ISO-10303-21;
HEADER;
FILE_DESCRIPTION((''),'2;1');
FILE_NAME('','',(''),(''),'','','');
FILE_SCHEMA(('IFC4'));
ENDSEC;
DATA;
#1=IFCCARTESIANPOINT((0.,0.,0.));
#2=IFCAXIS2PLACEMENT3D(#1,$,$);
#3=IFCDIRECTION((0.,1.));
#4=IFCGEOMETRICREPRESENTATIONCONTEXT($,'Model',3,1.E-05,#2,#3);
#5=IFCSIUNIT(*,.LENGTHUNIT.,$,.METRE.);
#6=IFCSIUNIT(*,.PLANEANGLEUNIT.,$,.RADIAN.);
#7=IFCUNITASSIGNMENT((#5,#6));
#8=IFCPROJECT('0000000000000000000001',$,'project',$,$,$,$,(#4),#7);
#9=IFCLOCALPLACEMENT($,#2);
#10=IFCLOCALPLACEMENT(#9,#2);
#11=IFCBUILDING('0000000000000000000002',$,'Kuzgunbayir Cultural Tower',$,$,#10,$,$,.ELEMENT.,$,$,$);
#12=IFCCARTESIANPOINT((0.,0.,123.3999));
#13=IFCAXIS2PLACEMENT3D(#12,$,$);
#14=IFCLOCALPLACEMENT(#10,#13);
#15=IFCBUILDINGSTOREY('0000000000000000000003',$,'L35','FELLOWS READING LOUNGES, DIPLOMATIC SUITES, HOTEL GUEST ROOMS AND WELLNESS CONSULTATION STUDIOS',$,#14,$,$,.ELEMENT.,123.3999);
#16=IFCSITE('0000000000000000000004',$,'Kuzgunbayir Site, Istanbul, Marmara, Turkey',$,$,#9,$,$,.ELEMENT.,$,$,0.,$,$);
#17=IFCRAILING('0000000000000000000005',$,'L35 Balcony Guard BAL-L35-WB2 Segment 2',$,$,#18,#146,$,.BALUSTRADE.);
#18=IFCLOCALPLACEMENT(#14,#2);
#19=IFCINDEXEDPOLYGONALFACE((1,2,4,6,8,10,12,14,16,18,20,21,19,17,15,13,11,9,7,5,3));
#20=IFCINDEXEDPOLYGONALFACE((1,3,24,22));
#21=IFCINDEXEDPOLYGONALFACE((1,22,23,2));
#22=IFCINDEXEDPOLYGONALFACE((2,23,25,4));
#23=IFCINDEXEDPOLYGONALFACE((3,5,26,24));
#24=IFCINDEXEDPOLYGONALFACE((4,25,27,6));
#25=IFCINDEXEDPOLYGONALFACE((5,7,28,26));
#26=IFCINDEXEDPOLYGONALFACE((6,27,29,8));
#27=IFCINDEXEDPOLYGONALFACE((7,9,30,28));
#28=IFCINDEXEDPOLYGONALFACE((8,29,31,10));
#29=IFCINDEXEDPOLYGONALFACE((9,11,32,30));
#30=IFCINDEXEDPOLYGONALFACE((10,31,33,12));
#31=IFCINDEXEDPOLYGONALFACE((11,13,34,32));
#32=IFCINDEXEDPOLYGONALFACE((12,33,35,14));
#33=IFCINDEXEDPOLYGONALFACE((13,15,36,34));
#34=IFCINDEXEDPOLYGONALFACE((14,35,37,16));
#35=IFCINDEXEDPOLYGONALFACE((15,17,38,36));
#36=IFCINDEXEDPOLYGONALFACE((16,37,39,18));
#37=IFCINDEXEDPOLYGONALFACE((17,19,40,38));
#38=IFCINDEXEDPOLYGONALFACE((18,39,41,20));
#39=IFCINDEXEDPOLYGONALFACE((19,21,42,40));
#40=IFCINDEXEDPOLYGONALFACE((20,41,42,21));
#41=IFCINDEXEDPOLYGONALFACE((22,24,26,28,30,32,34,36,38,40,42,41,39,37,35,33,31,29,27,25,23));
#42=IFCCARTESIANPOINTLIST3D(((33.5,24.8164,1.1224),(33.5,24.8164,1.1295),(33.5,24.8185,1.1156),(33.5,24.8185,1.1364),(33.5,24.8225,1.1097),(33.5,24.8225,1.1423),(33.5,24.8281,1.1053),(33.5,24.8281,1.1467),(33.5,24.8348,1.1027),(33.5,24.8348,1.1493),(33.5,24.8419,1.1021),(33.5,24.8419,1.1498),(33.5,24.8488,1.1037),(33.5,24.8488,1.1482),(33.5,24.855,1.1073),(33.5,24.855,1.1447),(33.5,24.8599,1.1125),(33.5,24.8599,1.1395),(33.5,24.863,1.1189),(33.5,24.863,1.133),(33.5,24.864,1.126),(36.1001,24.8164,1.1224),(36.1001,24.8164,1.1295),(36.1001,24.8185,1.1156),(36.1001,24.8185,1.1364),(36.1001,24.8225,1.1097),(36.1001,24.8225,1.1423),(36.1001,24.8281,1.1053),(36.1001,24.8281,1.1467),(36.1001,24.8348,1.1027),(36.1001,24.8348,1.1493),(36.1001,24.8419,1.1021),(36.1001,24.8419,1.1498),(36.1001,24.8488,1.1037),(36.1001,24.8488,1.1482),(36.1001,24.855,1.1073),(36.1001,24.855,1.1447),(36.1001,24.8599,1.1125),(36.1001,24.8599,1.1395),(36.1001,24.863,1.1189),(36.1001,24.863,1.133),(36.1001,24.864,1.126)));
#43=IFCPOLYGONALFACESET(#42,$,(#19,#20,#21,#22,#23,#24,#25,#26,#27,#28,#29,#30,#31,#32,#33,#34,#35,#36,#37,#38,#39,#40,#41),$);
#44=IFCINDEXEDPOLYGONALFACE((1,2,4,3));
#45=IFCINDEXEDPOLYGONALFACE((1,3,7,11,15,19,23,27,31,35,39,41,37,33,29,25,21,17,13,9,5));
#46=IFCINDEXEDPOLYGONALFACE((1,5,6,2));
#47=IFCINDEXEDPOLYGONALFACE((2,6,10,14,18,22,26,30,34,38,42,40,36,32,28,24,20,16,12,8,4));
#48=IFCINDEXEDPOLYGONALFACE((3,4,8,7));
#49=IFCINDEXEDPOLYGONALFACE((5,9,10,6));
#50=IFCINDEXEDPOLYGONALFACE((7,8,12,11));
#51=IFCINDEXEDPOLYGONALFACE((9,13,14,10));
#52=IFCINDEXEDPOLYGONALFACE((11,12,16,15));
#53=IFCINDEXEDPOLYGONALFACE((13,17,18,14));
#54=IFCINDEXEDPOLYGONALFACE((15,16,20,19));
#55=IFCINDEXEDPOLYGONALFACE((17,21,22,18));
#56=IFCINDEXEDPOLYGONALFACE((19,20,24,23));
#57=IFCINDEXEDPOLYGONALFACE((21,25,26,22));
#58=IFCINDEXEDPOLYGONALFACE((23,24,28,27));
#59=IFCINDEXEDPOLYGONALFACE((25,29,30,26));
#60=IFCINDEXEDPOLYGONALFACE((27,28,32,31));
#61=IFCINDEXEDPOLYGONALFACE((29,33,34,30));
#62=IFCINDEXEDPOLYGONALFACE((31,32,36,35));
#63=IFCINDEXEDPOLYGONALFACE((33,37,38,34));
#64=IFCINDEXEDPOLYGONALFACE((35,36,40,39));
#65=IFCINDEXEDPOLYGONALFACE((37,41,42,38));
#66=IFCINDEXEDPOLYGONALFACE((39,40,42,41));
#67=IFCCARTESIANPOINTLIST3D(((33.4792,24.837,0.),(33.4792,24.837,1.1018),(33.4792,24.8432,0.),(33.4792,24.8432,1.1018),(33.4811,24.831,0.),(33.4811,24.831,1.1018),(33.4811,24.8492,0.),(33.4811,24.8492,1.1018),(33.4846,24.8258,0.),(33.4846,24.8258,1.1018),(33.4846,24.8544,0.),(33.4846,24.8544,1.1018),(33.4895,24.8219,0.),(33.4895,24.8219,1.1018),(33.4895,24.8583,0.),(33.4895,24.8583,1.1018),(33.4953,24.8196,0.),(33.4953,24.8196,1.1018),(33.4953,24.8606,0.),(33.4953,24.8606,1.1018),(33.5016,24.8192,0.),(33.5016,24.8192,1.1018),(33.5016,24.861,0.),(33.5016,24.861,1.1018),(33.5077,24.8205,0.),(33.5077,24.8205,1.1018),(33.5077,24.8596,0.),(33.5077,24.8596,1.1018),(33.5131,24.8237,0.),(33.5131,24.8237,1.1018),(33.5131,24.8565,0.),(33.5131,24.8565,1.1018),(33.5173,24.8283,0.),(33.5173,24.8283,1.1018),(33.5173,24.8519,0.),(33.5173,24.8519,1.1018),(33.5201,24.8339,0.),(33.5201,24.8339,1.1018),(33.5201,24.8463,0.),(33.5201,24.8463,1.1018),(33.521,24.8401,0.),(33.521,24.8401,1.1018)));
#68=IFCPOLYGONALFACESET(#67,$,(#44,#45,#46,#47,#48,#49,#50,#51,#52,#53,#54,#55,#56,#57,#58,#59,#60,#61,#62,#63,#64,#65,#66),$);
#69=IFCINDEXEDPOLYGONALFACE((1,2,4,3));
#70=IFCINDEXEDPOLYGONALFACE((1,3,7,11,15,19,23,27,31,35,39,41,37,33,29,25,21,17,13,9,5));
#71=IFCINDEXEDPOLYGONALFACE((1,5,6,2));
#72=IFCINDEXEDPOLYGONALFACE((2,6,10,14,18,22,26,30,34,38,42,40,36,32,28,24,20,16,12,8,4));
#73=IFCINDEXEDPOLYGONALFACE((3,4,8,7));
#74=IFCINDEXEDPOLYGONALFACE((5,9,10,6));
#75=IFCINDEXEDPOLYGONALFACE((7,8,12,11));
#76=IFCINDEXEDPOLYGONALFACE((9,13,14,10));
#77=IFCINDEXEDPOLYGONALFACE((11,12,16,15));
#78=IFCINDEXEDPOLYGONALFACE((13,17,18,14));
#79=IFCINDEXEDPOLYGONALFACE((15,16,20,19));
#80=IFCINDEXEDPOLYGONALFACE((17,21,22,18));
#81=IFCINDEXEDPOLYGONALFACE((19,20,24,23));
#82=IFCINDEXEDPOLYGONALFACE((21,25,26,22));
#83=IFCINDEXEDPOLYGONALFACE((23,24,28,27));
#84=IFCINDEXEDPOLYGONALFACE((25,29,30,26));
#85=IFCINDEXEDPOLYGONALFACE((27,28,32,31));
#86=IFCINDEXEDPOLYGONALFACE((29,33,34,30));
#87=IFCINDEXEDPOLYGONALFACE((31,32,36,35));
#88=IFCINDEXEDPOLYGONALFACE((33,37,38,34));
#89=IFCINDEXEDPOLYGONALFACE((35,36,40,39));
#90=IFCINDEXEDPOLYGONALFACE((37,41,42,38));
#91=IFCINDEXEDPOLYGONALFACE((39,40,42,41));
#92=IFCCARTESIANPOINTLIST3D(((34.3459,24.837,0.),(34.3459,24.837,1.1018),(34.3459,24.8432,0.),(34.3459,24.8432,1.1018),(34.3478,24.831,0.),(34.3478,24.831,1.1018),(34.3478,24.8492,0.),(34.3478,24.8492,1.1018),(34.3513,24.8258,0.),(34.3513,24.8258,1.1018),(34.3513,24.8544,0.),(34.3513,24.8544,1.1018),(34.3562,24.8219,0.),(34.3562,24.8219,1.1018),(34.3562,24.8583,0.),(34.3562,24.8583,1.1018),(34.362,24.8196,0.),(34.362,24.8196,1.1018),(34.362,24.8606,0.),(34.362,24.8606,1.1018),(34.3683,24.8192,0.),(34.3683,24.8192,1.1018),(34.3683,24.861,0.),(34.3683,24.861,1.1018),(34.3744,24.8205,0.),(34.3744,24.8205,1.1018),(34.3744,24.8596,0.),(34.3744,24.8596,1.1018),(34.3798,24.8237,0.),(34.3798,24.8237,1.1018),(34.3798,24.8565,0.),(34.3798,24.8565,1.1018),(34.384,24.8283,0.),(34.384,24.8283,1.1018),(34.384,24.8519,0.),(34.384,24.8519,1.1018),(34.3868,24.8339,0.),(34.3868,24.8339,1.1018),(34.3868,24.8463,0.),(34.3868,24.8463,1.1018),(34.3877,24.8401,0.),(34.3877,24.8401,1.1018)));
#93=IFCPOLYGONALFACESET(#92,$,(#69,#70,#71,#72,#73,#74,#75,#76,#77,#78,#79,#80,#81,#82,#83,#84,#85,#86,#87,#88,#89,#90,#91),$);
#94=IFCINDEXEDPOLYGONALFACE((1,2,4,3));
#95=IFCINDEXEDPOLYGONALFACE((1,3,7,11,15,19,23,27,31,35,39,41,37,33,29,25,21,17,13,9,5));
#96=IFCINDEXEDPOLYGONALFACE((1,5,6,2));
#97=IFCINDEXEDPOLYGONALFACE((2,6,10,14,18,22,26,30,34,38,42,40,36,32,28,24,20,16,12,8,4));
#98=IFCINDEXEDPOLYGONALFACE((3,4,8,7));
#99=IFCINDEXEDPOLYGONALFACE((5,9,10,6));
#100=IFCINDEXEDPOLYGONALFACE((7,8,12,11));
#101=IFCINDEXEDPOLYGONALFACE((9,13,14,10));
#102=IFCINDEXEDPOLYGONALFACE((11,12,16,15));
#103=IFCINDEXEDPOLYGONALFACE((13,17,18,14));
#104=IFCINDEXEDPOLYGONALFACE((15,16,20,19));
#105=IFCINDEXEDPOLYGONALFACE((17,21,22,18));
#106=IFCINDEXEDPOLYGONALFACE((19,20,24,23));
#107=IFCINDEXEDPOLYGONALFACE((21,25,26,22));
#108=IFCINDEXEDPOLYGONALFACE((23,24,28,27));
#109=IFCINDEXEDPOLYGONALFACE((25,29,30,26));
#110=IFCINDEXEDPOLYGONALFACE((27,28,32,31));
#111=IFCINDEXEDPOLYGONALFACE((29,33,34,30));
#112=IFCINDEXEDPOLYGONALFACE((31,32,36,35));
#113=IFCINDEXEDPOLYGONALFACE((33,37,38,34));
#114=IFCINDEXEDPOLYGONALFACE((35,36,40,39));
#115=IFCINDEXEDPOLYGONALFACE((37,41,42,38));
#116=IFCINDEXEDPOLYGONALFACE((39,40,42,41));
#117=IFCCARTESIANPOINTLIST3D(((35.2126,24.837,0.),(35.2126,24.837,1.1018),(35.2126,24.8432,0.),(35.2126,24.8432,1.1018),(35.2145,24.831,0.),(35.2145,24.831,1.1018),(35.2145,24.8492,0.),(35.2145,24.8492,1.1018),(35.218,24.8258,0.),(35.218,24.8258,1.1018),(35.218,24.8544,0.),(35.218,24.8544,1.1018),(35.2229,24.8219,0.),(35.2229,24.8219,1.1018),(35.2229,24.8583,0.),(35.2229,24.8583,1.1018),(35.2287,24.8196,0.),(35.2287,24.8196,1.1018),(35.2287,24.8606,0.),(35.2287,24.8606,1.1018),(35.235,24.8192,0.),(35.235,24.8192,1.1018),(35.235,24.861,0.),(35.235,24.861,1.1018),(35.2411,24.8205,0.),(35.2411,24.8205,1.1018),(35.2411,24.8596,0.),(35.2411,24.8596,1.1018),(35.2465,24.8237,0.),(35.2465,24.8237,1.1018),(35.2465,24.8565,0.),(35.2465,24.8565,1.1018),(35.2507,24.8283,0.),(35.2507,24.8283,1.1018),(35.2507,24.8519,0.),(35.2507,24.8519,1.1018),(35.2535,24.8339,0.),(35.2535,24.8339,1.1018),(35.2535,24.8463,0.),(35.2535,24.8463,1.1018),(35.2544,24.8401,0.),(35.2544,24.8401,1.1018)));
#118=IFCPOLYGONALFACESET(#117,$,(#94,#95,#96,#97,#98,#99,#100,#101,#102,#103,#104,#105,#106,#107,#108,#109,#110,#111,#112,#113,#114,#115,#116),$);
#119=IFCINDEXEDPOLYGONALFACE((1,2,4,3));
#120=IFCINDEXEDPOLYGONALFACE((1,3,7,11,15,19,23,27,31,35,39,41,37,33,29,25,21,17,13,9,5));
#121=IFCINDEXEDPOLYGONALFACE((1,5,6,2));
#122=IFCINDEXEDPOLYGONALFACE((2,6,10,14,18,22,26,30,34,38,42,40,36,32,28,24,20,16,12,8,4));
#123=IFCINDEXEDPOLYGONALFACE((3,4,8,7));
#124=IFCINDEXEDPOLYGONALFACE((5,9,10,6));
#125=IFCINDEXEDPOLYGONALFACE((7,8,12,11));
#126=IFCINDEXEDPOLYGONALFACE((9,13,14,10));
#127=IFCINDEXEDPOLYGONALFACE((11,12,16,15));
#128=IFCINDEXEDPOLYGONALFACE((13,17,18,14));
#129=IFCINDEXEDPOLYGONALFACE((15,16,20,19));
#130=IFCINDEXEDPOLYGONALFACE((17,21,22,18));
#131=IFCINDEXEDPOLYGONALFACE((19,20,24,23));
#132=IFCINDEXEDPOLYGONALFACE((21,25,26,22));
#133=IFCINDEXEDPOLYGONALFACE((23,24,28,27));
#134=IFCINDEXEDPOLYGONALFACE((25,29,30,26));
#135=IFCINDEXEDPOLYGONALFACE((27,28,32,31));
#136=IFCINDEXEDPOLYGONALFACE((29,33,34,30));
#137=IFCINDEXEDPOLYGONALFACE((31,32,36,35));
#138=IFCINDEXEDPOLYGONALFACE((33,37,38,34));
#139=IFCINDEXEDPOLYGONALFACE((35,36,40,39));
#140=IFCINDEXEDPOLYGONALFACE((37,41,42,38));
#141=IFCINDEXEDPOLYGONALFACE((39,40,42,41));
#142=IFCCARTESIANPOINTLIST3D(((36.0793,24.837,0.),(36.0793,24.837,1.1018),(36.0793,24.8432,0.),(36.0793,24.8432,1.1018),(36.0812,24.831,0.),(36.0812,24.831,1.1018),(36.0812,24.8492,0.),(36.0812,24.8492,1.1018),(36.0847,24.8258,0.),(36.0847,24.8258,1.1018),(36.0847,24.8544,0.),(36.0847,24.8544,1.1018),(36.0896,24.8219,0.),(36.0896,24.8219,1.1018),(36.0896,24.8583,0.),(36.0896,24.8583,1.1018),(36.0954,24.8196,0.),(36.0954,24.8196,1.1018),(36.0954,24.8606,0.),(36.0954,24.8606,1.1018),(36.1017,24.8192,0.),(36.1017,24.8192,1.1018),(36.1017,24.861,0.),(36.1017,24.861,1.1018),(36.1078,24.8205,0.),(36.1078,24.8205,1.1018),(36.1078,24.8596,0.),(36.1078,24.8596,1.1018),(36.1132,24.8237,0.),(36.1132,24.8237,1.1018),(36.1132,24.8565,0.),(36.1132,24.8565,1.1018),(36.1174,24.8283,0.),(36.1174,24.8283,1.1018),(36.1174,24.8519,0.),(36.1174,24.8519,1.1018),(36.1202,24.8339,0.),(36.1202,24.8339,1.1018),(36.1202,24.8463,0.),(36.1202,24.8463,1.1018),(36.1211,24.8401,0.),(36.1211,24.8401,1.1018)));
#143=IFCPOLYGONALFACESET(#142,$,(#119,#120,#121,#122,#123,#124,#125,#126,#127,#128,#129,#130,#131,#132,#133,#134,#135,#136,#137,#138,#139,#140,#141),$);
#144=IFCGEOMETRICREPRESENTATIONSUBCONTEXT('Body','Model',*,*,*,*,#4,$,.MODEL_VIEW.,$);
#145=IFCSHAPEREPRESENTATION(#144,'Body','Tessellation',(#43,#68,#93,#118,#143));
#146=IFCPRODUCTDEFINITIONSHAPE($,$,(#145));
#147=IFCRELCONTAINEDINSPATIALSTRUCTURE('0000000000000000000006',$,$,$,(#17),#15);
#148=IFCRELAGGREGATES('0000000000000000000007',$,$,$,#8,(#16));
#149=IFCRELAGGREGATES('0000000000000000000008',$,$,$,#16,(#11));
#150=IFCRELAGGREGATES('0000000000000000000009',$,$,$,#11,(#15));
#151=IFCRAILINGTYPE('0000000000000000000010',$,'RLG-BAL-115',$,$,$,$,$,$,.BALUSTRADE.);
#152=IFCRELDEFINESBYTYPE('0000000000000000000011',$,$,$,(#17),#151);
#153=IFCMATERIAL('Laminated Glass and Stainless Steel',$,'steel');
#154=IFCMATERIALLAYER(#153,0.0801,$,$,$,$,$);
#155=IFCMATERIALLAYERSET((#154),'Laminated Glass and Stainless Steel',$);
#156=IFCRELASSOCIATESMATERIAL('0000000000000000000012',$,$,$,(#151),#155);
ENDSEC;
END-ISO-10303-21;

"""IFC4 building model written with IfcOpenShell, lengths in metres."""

from ifc_helpers import new_model, si_unit, direction, frame, origin, origin_2d, place, context, subcontext, project, spatial, circle, extrude, material, layer, layer_set, type_object, element, save


model = new_model("IFC4")

# Units and contexts
model_context = context("Model", 3, precision=1e-05, world=origin(), true_north=direction((0.0, 1.0)))
body_context = subcontext(model_context, "Body", "Model", "MODEL_VIEW")
ifc_project = project(units=[si_unit("LENGTHUNIT", "METRE"), si_unit("PLANEANGLEUNIT", "RADIAN")], contexts=[model_context])

# Site, building, storey
site_placement = place(None, origin())
site = spatial("IfcSite", under=ifc_project, at=site_placement, Name="Kuzgunbayir Site, Istanbul, Marmara, Turkey", CompositionType="ELEMENT", RefElevation=0.0)
building_placement = place(site_placement, origin())
building = spatial("IfcBuilding", under=site, at=building_placement, Name="Kuzgunbayir Cultural Tower", CompositionType="ELEMENT")
storey_placement = place(building_placement, frame((0.0, 0.0, 123.3999)))
storey = spatial("IfcBuildingStorey", under=building, at=storey_placement, Name="L35", Description="FELLOWS READING LOUNGES, DIPLOMATIC SUITES, HOTEL GUEST ROOMS AND WELLNESS CONSULTATION STUDIOS", CompositionType="ELEMENT", Elevation=123.3999)

# Railing
ifc_material_1 = material(Name="Laminated Glass and Stainless Steel", Category="steel")
ifc_layer_1 = layer(ifc_material_1, 0.0801)
ifc_layer_set_1 = layer_set([ifc_layer_1], Name="Laminated Glass and Stainless Steel")
railing_type = type_object("IfcRailingType", Name="RLG-BAL-115", PredefinedType="BALUSTRADE", material=ifc_layer_set_1)
railing_1_placement = place(storey_placement, frame((33.5, 24.8401, 0.0)))
element("IfcRailing", 1, at=railing_1_placement, inside=storey, type_object=railing_type, Name="L35 Balcony Guard BAL-L35-WB2 Segment 2", PredefinedType="BALUSTRADE", context=body_context, shape_type="SweptSolid", body=[
    extrude(circle(Radius=0.0239, at=origin_2d()), frame((0.0, 0.0, 1.126), z_axis=(1.0, 0.0, 0.0), x_axis=(0.0, 1.0, 0.0)), (0.0, 0.0, 1.0), 2.6001),
    extrude(circle(Radius=0.021, at=origin_2d()), origin(), (0.0, 0.0, 1.0), 1.1018),
    extrude(circle(Radius=0.021, at=origin_2d()), frame((0.8667, 0.0, 0.0)), (0.0, 0.0, 1.0), 1.1018),
    extrude(circle(Radius=0.021, at=origin_2d()), frame((1.7334, 0.0, 0.0)), (0.0, 0.0, 1.0), 1.1018),
    extrude(circle(Radius=0.021, at=origin_2d()), frame((2.6001, 0.0, 0.0)), (0.0, 0.0, 1.0), 1.1018),
])

save(model, "model.ifc")
